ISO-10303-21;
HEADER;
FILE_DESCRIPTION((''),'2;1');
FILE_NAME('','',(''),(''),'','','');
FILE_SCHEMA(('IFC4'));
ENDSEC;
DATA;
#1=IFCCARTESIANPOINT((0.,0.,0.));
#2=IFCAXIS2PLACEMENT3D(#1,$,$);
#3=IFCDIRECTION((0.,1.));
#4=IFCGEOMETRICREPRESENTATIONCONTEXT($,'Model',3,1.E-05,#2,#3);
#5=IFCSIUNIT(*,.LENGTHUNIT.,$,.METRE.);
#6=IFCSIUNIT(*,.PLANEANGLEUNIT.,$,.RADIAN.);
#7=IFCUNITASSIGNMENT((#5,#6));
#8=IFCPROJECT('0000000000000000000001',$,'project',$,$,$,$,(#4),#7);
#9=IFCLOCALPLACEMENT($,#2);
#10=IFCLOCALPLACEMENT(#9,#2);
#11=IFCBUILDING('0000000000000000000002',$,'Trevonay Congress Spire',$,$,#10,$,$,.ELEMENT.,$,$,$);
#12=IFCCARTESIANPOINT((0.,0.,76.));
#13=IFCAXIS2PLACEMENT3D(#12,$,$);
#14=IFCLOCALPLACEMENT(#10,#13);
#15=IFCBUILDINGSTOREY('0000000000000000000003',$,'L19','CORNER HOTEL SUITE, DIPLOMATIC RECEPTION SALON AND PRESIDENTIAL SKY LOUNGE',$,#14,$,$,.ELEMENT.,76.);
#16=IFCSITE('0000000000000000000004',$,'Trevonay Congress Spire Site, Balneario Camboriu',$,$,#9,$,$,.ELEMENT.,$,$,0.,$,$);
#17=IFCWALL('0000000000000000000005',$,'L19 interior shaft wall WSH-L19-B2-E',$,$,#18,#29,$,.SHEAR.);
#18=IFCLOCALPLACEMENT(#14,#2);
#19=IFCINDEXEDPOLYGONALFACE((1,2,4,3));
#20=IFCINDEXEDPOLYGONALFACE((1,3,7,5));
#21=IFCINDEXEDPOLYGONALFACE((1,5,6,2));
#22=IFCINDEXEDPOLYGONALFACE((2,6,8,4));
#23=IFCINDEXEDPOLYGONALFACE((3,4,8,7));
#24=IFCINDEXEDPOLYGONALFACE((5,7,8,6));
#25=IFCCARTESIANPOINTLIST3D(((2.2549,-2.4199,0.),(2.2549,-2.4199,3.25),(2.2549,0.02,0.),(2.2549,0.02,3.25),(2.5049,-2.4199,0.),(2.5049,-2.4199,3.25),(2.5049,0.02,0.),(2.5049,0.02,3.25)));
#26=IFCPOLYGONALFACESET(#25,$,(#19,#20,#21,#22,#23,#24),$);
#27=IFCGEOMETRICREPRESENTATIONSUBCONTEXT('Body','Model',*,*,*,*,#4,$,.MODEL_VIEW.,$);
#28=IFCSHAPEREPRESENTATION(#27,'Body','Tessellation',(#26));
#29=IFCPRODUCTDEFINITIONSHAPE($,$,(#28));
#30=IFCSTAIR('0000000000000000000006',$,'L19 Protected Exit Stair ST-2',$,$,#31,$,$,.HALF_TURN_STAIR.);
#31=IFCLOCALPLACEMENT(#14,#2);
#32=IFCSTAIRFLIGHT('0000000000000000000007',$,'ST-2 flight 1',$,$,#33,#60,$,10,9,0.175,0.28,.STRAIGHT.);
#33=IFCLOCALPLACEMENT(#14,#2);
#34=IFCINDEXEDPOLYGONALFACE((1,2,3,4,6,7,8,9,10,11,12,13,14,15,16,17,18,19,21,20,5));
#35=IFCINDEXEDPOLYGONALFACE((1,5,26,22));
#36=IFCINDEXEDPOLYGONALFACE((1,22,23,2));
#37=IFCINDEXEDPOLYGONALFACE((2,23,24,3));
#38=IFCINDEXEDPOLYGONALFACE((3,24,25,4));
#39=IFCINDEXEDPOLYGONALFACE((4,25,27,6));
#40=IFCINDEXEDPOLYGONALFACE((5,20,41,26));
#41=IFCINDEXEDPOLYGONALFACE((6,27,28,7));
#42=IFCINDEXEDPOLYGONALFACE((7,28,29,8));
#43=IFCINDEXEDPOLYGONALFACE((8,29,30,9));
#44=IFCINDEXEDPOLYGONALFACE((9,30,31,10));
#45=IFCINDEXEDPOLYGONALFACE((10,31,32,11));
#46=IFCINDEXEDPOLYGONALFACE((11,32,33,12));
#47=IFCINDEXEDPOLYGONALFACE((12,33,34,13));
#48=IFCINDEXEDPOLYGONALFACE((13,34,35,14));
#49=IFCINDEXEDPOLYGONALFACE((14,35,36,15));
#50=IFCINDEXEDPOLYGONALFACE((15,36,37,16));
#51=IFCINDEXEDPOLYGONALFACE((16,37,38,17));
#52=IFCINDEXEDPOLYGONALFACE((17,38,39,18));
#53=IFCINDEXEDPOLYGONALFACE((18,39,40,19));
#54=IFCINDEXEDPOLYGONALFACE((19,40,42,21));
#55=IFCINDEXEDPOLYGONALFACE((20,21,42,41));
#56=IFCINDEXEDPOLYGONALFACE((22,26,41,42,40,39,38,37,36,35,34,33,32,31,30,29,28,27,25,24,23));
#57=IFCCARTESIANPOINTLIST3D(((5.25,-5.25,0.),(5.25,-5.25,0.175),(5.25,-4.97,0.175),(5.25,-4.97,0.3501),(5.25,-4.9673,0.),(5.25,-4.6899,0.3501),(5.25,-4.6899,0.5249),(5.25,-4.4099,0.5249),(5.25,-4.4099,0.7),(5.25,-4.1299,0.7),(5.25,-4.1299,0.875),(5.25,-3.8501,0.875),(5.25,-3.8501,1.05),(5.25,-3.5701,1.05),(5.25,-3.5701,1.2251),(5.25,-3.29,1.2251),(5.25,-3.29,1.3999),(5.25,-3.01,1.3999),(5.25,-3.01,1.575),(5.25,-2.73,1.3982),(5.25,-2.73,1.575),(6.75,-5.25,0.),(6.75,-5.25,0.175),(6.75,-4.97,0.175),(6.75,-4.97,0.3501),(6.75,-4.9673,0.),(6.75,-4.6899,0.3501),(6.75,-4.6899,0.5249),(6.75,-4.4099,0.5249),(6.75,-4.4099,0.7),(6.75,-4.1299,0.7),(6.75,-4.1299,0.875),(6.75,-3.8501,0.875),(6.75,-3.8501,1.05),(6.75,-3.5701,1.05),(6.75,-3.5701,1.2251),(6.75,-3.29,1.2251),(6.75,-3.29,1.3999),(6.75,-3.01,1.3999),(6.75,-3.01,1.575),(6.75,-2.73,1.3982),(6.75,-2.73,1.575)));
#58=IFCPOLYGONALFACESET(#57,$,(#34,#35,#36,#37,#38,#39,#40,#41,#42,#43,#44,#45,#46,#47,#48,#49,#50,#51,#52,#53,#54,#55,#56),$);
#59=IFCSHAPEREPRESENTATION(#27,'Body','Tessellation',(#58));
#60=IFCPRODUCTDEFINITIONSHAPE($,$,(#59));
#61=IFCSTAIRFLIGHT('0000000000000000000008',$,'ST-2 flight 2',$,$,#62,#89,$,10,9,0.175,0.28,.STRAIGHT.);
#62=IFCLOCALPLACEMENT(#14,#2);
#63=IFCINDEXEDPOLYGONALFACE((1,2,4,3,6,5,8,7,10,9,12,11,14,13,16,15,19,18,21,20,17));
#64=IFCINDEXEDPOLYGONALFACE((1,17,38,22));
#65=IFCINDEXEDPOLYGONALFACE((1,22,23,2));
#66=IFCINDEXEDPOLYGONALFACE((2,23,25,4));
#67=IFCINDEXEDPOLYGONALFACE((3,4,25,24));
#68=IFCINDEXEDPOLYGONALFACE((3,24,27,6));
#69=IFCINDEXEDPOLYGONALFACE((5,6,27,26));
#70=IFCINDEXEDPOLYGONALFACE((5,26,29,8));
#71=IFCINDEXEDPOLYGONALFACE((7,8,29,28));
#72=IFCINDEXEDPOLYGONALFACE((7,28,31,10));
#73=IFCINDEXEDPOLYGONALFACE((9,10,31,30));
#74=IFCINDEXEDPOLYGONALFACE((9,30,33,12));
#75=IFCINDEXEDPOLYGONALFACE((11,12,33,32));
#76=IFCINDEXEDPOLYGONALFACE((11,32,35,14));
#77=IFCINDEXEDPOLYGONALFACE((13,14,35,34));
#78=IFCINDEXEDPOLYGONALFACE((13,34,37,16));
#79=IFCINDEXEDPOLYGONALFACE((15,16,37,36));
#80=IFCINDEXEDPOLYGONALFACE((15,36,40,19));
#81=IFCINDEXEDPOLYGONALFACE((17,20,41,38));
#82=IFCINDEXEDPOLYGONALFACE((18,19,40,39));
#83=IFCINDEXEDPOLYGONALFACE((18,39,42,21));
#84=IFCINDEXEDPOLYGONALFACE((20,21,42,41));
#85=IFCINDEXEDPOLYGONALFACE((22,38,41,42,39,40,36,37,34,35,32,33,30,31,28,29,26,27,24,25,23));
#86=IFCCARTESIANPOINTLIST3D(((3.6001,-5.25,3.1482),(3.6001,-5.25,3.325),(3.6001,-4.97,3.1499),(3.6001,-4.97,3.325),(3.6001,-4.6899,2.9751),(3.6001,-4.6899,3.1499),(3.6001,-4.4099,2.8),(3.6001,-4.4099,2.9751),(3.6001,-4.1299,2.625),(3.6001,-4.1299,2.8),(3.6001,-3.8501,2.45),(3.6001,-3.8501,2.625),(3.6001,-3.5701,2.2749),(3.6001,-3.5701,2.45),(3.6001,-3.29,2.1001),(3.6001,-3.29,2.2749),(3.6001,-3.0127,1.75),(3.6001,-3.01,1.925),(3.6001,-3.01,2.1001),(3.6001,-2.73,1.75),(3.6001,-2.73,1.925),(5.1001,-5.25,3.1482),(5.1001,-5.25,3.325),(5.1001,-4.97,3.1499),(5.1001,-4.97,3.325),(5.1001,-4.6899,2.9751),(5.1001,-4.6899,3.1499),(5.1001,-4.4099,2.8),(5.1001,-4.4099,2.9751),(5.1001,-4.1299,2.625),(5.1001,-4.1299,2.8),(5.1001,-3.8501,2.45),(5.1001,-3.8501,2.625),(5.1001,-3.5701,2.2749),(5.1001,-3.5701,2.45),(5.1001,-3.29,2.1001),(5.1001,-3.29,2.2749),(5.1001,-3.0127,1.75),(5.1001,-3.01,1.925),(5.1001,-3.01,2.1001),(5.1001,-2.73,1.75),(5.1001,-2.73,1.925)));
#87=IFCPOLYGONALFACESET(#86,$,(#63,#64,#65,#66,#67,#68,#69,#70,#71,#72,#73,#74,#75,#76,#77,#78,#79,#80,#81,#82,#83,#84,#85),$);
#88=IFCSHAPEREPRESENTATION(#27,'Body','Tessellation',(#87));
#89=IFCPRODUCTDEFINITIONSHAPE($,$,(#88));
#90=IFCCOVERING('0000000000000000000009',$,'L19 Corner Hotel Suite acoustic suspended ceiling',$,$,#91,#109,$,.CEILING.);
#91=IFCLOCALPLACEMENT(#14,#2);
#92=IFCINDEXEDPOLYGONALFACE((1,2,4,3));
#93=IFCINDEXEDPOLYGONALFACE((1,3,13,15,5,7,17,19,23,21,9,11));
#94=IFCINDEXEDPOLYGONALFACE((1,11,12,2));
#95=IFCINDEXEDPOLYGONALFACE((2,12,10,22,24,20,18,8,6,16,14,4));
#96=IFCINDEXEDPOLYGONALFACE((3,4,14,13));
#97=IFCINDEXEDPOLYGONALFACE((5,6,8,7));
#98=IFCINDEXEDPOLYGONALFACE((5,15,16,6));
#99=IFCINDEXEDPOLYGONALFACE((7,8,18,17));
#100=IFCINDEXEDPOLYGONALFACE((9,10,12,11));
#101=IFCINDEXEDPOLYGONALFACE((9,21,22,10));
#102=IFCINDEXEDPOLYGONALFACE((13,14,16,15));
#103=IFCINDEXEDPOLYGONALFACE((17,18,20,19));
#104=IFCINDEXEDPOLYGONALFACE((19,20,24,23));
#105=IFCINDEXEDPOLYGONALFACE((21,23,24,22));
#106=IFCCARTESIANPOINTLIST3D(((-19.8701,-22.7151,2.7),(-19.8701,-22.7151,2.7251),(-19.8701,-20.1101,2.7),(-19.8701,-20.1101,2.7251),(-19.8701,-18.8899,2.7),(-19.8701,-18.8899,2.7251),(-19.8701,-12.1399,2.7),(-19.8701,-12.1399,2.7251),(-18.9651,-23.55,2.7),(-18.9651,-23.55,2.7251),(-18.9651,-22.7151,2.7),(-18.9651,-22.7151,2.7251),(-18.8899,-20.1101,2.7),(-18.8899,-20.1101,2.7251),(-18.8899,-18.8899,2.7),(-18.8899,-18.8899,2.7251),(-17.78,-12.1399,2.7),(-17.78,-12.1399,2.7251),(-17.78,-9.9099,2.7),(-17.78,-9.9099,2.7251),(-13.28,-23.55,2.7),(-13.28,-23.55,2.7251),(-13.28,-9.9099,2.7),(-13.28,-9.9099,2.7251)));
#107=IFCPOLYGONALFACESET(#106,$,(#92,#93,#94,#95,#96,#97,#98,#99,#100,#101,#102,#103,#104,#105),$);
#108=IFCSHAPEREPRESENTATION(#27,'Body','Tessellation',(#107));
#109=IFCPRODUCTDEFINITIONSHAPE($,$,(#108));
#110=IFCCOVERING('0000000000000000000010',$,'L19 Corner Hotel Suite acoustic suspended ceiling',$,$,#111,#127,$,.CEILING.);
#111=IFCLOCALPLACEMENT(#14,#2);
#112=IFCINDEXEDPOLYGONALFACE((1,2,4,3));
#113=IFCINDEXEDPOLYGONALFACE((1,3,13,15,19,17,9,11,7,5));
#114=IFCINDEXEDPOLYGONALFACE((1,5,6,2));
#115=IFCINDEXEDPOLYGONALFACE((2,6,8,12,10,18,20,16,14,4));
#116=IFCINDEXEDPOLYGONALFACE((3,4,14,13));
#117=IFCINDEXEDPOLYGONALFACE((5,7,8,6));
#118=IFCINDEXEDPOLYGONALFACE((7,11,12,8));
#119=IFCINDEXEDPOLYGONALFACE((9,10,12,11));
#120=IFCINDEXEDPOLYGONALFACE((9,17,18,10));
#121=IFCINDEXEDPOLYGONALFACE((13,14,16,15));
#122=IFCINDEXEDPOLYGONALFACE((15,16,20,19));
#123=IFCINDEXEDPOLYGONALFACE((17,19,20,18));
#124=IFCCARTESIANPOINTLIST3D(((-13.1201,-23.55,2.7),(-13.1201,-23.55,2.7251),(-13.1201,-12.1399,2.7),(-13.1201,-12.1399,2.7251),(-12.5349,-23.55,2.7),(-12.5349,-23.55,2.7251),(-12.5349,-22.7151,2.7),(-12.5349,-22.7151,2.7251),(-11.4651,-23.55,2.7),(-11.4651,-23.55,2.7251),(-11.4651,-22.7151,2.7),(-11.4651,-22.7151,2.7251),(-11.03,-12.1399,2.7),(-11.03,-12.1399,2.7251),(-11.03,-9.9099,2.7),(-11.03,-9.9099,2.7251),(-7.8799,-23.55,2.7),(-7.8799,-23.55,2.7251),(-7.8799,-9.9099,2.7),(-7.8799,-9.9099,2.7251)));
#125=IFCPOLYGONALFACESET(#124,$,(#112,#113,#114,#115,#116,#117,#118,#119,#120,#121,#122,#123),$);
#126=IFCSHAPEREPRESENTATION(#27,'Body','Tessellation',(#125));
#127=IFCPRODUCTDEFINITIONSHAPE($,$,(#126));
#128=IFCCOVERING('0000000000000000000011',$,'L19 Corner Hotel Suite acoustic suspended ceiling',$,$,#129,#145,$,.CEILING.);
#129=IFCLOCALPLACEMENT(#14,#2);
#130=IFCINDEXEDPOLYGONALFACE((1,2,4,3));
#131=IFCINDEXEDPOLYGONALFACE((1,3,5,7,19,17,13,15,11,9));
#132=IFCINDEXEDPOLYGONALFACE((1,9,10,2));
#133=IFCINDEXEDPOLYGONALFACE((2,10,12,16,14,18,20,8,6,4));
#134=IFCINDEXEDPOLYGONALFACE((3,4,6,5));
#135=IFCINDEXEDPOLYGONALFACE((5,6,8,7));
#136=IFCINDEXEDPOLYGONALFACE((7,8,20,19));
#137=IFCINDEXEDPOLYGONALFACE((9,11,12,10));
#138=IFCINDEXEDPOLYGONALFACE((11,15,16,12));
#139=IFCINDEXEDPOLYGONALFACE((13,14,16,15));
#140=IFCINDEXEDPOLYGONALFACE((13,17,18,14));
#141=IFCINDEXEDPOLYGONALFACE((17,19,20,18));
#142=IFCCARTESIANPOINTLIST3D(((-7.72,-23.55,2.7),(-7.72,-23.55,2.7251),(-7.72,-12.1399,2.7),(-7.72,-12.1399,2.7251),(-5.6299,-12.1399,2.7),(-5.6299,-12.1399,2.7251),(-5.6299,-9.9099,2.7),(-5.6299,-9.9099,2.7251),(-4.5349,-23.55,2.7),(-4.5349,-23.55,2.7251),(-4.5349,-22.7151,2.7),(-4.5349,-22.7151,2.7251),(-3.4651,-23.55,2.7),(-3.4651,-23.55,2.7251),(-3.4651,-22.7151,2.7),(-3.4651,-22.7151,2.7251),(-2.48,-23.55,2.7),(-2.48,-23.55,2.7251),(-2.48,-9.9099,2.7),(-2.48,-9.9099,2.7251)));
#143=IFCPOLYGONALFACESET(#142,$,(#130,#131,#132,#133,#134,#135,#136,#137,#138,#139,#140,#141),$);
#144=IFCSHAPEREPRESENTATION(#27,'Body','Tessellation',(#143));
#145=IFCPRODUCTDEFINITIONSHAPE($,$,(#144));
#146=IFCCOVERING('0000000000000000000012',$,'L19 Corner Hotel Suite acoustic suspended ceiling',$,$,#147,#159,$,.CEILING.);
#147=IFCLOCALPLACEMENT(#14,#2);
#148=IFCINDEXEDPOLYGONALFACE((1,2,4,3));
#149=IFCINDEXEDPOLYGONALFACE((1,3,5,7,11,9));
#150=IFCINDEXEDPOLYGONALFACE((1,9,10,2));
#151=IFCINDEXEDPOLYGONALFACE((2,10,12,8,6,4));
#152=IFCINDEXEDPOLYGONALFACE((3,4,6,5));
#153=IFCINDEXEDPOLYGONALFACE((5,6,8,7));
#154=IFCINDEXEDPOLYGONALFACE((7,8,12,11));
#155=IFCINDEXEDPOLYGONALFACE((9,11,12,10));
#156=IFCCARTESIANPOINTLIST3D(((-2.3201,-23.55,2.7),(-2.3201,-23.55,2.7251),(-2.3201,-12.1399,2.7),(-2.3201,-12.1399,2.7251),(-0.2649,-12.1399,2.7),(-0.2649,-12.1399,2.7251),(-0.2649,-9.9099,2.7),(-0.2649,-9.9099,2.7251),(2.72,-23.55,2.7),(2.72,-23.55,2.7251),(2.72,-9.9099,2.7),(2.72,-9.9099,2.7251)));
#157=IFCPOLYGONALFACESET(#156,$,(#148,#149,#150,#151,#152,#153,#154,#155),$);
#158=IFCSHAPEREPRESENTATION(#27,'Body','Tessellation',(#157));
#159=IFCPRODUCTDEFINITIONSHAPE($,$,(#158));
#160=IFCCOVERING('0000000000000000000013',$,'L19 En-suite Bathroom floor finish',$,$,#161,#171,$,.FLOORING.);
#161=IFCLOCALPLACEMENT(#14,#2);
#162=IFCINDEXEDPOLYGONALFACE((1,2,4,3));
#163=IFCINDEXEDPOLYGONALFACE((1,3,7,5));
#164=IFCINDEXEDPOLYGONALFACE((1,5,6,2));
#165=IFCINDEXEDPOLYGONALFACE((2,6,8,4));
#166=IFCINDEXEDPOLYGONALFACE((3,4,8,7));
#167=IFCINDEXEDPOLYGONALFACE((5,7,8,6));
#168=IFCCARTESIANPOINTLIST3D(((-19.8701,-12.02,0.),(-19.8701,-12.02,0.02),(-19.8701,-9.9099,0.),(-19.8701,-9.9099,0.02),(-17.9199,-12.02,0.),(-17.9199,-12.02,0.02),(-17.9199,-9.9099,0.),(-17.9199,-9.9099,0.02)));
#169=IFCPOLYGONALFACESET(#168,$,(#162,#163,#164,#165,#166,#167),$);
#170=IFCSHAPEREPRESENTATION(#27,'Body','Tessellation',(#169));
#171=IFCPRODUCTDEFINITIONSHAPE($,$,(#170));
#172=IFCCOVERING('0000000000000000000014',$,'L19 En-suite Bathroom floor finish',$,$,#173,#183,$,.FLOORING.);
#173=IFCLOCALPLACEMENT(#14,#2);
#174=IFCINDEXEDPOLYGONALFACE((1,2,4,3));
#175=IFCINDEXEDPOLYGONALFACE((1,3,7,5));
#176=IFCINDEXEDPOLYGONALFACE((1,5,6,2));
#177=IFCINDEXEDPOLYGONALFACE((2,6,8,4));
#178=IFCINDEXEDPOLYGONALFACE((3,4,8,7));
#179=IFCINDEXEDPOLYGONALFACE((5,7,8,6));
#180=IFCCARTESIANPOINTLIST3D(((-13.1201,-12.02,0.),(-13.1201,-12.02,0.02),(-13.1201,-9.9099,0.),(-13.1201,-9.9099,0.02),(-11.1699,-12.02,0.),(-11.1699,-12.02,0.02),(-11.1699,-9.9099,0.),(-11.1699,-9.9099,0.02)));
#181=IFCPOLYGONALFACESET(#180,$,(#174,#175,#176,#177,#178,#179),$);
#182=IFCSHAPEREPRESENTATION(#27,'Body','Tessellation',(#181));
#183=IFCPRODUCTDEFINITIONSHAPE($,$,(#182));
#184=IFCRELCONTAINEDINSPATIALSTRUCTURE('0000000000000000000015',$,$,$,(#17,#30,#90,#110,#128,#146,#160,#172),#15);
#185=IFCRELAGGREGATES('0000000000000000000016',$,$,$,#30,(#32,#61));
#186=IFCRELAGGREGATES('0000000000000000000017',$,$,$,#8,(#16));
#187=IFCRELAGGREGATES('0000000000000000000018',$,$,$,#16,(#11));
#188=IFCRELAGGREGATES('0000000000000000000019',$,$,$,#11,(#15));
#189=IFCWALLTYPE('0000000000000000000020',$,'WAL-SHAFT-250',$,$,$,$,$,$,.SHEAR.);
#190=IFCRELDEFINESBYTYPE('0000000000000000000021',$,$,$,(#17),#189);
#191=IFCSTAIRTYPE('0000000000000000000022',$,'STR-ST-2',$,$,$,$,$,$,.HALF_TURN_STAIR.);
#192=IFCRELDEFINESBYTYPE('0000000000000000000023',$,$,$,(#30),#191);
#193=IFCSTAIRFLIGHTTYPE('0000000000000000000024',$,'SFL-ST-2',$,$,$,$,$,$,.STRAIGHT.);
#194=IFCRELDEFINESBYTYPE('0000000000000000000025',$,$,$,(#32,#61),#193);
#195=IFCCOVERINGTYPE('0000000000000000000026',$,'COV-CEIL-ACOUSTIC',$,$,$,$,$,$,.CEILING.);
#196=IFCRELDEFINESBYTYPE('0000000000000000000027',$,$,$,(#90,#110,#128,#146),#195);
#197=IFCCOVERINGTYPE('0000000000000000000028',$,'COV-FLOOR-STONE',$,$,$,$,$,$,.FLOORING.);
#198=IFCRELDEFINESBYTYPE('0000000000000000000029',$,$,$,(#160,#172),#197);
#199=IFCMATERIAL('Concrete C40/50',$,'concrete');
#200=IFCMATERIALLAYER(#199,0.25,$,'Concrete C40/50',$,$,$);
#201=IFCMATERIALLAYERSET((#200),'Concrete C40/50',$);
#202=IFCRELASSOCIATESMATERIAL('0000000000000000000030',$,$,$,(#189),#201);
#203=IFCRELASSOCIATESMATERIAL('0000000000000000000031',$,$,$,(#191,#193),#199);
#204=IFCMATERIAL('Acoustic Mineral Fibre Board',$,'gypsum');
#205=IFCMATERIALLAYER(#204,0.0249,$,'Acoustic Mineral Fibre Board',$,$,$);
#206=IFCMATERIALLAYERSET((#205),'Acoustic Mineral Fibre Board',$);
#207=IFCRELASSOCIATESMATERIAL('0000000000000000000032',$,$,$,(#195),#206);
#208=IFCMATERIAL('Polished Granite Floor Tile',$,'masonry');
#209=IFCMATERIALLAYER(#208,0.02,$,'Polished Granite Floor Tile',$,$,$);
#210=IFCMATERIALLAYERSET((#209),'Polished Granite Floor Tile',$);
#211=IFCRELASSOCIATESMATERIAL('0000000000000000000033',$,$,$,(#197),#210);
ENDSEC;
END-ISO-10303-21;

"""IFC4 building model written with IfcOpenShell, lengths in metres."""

from ifc_helpers import new_model, si_unit, direction, frame, frame_2d, origin, place, context, subcontext, project, spatial, polyline, rectangle, outline, extrude, material, layer, layer_set, type_object, element, aggregate, save


model = new_model("IFC4")

# Units and contexts
model_context = context("Model", 3, precision=1e-05, world=origin(), true_north=direction((0.0, 1.0)))
body_context = subcontext(model_context, "Body", "Model", "MODEL_VIEW")
ifc_project = project(units=[si_unit("LENGTHUNIT", "METRE"), si_unit("PLANEANGLEUNIT", "RADIAN")], contexts=[model_context])

# Site, building, storey
site_placement = place(None, origin())
site = spatial("IfcSite", under=ifc_project, at=site_placement, Name="Trevonay Congress Spire Site, Balneario Camboriu", CompositionType="ELEMENT", RefElevation=0.0)
building_placement = place(site_placement, origin())
building = spatial("IfcBuilding", under=site, at=building_placement, Name="Trevonay Congress Spire", CompositionType="ELEMENT")
storey_placement = place(building_placement, frame((0.0, 0.0, 76.0)))
storey = spatial("IfcBuildingStorey", under=building, at=storey_placement, Name="L19", Description="CORNER HOTEL SUITE, DIPLOMATIC RECEPTION SALON AND PRESIDENTIAL SKY LOUNGE", CompositionType="ELEMENT", Elevation=76.0)

# Shared definitions
ifc_material_1 = material(Name="Concrete C40/50", Category="concrete")

# Wall
ifc_layer_1 = layer(ifc_material_1, 0.25, Name="Concrete C40/50")
ifc_layer_set_1 = layer_set([ifc_layer_1], Name="Concrete C40/50")
wall_type_1 = type_object("IfcWallType", Name="WAL-SHAFT-250", PredefinedType="SHEAR", material=ifc_layer_set_1)
wall_1_placement = place(storey_placement, frame((2.3799, -2.4199, 0.0), z_axis=(0.0, 0.0, 1.0), x_axis=(0.0, 1.0, 0.0)))
element("IfcWall", 1, at=wall_1_placement, inside=storey, type_object=wall_type_1, Name="L19 interior shaft wall WSH-L19-B2-E", PredefinedType="SHEAR", context=body_context, shape_type="SweptSolid", body=[
    extrude(rectangle(XDim=2.4399, YDim=0.25, at=frame_2d((1.22, 0.0))), origin(), (0.0, 0.0, 1.0), 3.25),
])

# Stair, stair flights
stair_type = type_object("IfcStairType", Name="STR-ST-2", PredefinedType="HALF_TURN_STAIR", material=ifc_material_1)
stair_placement = place(storey_placement, origin())
stair = element("IfcStair", 2, at=stair_placement, inside=storey, type_object=stair_type, Name="L19 Protected Exit Stair ST-2", PredefinedType="HALF_TURN_STAIR")
stair_flight_type = type_object("IfcStairFlightType", Name="SFL-ST-2", PredefinedType="STRAIGHT", material=ifc_material_1)
stair_flight_1_placement = place(storey_placement, frame((6.0, -5.25, 0.0), z_axis=(0.0, 0.0, 1.0), x_axis=(0.0, 1.0, 0.0)))
stair_flight_1 = element("IfcStairFlight", 3, at=stair_flight_1_placement, type_object=stair_flight_type, Name="ST-2 flight 1", NumberOfRisers=10, NumberOfTreads=9, PredefinedType="STRAIGHT", RiserHeight=0.175, TreadLength=0.28, context=body_context, shape_type="SweptSolid", body=[
    extrude(outline(polyline([(0.0, 0.0), (0.0, 0.175), (0.28, 0.175), (0.28, 0.3501), (0.5601, 0.3501), (0.5601, 0.5249), (0.8401, 0.5249), (0.8401, 0.7), (1.1201, 0.7), (1.1201, 0.875), (1.3999, 0.875), (1.3999, 1.05), (1.6799, 1.05), (1.6799, 1.2251), (1.96, 1.2251), (1.96, 1.3999), (2.24, 1.3999), (2.24, 1.575), (2.52, 1.575), (2.52, 1.75), (2.52, 1.3982), (0.2827, 0.0), (0.0, 0.0)])), frame((0.0, 0.75, 0.0), z_axis=(0.0, -1.0, 0.0), x_axis=(1.0, 0.0, 0.0)), (0.0, 0.0, 1.0), 1.5),
])
stair_flight_2_placement = place(storey_placement, frame((4.3501, -2.73, 1.75), z_axis=(0.0, 0.0, 1.0), x_axis=(0.0, -1.0, 0.0)))
stair_flight_2 = element("IfcStairFlight", 4, at=stair_flight_2_placement, type_object=stair_flight_type, Name="ST-2 flight 2", NumberOfRisers=10, NumberOfTreads=9, PredefinedType="STRAIGHT", RiserHeight=0.175, TreadLength=0.28, context=body_context, shape_type="SweptSolid", body=[
    extrude(outline(polyline([(0.0, 0.0), (0.0, 0.175), (0.28, 0.175), (0.28, 0.3501), (0.5601, 0.3501), (0.5601, 0.5249), (0.8401, 0.5249), (0.8401, 0.7), (1.1201, 0.7), (1.1201, 0.875), (1.3999, 0.875), (1.3999, 1.05), (1.6799, 1.05), (1.6799, 1.2251), (1.96, 1.2251), (1.96, 1.3999), (2.24, 1.3999), (2.24, 1.575), (2.52, 1.575), (2.52, 1.75), (2.52, 1.3982), (0.2827, 0.0), (0.0, 0.0)])), frame((0.0, 0.75, 0.0), z_axis=(0.0, -1.0, 0.0), x_axis=(1.0, 0.0, 0.0)), (0.0, 0.0, 1.0), 1.5),
])
aggregate(stair, [stair_flight_1, stair_flight_2])

# Coverings
ifc_material_2 = material(Name="Acoustic Mineral Fibre Board", Category="gypsum")
ifc_layer_2 = layer(ifc_material_2, 0.0249, Name="Acoustic Mineral Fibre Board")
ifc_layer_set_2 = layer_set([ifc_layer_2], Name="Acoustic Mineral Fibre Board")
covering_type_1 = type_object("IfcCoveringType", Name="COV-CEIL-ACOUSTIC", PredefinedType="CEILING", material=ifc_layer_set_2)
covering_1_placement = place(storey_placement, frame((0.0, 0.0, 2.7)))
element("IfcCovering", 5, at=covering_1_placement, inside=storey, type_object=covering_type_1, Name="L19 Corner Hotel Suite acoustic suspended ceiling", PredefinedType="CEILING", context=body_context, shape_type="SweptSolid", body=[
    extrude(outline(polyline([(-19.8701, -12.1399), (-17.78, -12.1399), (-17.78, -9.9099), (-13.28, -9.9099), (-13.28, -23.55), (-18.9651, -23.55), (-18.9651, -22.7151), (-19.8701, -22.7151), (-19.8701, -20.1101), (-18.8899, -20.1101), (-18.8899, -18.8899), (-19.8701, -18.8899), (-19.8701, -12.1399)])), origin(), (0.0, 0.0, 1.0), 0.0251),
])
covering_2_placement = place(storey_placement, frame((0.0, 0.0, 2.7)))
element("IfcCovering", 6, at=covering_2_placement, inside=storey, type_object=covering_type_1, Name="L19 Corner Hotel Suite acoustic suspended ceiling", PredefinedType="CEILING", context=body_context, shape_type="SweptSolid", body=[
    extrude(outline(polyline([(-13.1201, -23.55), (-13.1201, -12.1399), (-11.03, -12.1399), (-11.03, -9.9099), (-7.8799, -9.9099), (-7.8799, -23.55), (-11.4651, -23.55), (-11.4651, -22.7151), (-12.5349, -22.7151), (-12.5349, -23.55), (-13.1201, -23.55)])), origin(), (0.0, 0.0, 1.0), 0.0251),
])
covering_3_placement = place(storey_placement, frame((0.0, 0.0, 2.7)))
element("IfcCovering", 7, at=covering_3_placement, inside=storey, type_object=covering_type_1, Name="L19 Corner Hotel Suite acoustic suspended ceiling", PredefinedType="CEILING", context=body_context, shape_type="SweptSolid", body=[
    extrude(outline(polyline([(-7.72, -23.55), (-7.72, -12.1399), (-5.6299, -12.1399), (-5.6299, -9.9099), (-2.48, -9.9099), (-2.48, -23.55), (-3.4651, -23.55), (-3.4651, -22.7151), (-4.5349, -22.7151), (-4.5349, -23.55), (-7.72, -23.55)])), origin(), (0.0, 0.0, 1.0), 0.0251),
])
covering_4_placement = place(storey_placement, frame((0.0, 0.0, 2.7)))
element("IfcCovering", 8, at=covering_4_placement, inside=storey, type_object=covering_type_1, Name="L19 Corner Hotel Suite acoustic suspended ceiling", PredefinedType="CEILING", context=body_context, shape_type="SweptSolid", body=[
    extrude(outline(polyline([(-2.3201, -23.55), (2.72, -23.55), (2.72, -9.9099), (-0.2649, -9.9099), (-0.2649, -12.1399), (-2.3201, -12.1399), (-2.3201, -23.55)])), origin(), (0.0, 0.0, 1.0), 0.0251),
])
ifc_material_3 = material(Name="Polished Granite Floor Tile", Category="masonry")
ifc_layer_3 = layer(ifc_material_3, 0.02, Name="Polished Granite Floor Tile")
ifc_layer_set_3 = layer_set([ifc_layer_3], Name="Polished Granite Floor Tile")
covering_type_2 = type_object("IfcCoveringType", Name="COV-FLOOR-STONE", PredefinedType="FLOORING", material=ifc_layer_set_3)
covering_5_placement = place(storey_placement, origin())
element("IfcCovering", 9, at=covering_5_placement, inside=storey, type_object=covering_type_2, Name="L19 En-suite Bathroom floor finish", PredefinedType="FLOORING", context=body_context, shape_type="SweptSolid", body=[
    extrude(outline(polyline([(-19.8701, -12.02), (-17.9199, -12.02), (-17.9199, -9.9099), (-19.8701, -9.9099), (-19.8701, -12.02)])), origin(), (0.0, 0.0, 1.0), 0.02),
])
covering_6_placement = place(storey_placement, origin())
element("IfcCovering", 10, at=covering_6_placement, inside=storey, type_object=covering_type_2, Name="L19 En-suite Bathroom floor finish", PredefinedType="FLOORING", context=body_context, shape_type="SweptSolid", body=[
    extrude(outline(polyline([(-13.1201, -12.02), (-11.1699, -12.02), (-11.1699, -9.9099), (-13.1201, -9.9099), (-13.1201, -12.02)])), origin(), (0.0, 0.0, 1.0), 0.02),
])

save(model, "model.ifc")
